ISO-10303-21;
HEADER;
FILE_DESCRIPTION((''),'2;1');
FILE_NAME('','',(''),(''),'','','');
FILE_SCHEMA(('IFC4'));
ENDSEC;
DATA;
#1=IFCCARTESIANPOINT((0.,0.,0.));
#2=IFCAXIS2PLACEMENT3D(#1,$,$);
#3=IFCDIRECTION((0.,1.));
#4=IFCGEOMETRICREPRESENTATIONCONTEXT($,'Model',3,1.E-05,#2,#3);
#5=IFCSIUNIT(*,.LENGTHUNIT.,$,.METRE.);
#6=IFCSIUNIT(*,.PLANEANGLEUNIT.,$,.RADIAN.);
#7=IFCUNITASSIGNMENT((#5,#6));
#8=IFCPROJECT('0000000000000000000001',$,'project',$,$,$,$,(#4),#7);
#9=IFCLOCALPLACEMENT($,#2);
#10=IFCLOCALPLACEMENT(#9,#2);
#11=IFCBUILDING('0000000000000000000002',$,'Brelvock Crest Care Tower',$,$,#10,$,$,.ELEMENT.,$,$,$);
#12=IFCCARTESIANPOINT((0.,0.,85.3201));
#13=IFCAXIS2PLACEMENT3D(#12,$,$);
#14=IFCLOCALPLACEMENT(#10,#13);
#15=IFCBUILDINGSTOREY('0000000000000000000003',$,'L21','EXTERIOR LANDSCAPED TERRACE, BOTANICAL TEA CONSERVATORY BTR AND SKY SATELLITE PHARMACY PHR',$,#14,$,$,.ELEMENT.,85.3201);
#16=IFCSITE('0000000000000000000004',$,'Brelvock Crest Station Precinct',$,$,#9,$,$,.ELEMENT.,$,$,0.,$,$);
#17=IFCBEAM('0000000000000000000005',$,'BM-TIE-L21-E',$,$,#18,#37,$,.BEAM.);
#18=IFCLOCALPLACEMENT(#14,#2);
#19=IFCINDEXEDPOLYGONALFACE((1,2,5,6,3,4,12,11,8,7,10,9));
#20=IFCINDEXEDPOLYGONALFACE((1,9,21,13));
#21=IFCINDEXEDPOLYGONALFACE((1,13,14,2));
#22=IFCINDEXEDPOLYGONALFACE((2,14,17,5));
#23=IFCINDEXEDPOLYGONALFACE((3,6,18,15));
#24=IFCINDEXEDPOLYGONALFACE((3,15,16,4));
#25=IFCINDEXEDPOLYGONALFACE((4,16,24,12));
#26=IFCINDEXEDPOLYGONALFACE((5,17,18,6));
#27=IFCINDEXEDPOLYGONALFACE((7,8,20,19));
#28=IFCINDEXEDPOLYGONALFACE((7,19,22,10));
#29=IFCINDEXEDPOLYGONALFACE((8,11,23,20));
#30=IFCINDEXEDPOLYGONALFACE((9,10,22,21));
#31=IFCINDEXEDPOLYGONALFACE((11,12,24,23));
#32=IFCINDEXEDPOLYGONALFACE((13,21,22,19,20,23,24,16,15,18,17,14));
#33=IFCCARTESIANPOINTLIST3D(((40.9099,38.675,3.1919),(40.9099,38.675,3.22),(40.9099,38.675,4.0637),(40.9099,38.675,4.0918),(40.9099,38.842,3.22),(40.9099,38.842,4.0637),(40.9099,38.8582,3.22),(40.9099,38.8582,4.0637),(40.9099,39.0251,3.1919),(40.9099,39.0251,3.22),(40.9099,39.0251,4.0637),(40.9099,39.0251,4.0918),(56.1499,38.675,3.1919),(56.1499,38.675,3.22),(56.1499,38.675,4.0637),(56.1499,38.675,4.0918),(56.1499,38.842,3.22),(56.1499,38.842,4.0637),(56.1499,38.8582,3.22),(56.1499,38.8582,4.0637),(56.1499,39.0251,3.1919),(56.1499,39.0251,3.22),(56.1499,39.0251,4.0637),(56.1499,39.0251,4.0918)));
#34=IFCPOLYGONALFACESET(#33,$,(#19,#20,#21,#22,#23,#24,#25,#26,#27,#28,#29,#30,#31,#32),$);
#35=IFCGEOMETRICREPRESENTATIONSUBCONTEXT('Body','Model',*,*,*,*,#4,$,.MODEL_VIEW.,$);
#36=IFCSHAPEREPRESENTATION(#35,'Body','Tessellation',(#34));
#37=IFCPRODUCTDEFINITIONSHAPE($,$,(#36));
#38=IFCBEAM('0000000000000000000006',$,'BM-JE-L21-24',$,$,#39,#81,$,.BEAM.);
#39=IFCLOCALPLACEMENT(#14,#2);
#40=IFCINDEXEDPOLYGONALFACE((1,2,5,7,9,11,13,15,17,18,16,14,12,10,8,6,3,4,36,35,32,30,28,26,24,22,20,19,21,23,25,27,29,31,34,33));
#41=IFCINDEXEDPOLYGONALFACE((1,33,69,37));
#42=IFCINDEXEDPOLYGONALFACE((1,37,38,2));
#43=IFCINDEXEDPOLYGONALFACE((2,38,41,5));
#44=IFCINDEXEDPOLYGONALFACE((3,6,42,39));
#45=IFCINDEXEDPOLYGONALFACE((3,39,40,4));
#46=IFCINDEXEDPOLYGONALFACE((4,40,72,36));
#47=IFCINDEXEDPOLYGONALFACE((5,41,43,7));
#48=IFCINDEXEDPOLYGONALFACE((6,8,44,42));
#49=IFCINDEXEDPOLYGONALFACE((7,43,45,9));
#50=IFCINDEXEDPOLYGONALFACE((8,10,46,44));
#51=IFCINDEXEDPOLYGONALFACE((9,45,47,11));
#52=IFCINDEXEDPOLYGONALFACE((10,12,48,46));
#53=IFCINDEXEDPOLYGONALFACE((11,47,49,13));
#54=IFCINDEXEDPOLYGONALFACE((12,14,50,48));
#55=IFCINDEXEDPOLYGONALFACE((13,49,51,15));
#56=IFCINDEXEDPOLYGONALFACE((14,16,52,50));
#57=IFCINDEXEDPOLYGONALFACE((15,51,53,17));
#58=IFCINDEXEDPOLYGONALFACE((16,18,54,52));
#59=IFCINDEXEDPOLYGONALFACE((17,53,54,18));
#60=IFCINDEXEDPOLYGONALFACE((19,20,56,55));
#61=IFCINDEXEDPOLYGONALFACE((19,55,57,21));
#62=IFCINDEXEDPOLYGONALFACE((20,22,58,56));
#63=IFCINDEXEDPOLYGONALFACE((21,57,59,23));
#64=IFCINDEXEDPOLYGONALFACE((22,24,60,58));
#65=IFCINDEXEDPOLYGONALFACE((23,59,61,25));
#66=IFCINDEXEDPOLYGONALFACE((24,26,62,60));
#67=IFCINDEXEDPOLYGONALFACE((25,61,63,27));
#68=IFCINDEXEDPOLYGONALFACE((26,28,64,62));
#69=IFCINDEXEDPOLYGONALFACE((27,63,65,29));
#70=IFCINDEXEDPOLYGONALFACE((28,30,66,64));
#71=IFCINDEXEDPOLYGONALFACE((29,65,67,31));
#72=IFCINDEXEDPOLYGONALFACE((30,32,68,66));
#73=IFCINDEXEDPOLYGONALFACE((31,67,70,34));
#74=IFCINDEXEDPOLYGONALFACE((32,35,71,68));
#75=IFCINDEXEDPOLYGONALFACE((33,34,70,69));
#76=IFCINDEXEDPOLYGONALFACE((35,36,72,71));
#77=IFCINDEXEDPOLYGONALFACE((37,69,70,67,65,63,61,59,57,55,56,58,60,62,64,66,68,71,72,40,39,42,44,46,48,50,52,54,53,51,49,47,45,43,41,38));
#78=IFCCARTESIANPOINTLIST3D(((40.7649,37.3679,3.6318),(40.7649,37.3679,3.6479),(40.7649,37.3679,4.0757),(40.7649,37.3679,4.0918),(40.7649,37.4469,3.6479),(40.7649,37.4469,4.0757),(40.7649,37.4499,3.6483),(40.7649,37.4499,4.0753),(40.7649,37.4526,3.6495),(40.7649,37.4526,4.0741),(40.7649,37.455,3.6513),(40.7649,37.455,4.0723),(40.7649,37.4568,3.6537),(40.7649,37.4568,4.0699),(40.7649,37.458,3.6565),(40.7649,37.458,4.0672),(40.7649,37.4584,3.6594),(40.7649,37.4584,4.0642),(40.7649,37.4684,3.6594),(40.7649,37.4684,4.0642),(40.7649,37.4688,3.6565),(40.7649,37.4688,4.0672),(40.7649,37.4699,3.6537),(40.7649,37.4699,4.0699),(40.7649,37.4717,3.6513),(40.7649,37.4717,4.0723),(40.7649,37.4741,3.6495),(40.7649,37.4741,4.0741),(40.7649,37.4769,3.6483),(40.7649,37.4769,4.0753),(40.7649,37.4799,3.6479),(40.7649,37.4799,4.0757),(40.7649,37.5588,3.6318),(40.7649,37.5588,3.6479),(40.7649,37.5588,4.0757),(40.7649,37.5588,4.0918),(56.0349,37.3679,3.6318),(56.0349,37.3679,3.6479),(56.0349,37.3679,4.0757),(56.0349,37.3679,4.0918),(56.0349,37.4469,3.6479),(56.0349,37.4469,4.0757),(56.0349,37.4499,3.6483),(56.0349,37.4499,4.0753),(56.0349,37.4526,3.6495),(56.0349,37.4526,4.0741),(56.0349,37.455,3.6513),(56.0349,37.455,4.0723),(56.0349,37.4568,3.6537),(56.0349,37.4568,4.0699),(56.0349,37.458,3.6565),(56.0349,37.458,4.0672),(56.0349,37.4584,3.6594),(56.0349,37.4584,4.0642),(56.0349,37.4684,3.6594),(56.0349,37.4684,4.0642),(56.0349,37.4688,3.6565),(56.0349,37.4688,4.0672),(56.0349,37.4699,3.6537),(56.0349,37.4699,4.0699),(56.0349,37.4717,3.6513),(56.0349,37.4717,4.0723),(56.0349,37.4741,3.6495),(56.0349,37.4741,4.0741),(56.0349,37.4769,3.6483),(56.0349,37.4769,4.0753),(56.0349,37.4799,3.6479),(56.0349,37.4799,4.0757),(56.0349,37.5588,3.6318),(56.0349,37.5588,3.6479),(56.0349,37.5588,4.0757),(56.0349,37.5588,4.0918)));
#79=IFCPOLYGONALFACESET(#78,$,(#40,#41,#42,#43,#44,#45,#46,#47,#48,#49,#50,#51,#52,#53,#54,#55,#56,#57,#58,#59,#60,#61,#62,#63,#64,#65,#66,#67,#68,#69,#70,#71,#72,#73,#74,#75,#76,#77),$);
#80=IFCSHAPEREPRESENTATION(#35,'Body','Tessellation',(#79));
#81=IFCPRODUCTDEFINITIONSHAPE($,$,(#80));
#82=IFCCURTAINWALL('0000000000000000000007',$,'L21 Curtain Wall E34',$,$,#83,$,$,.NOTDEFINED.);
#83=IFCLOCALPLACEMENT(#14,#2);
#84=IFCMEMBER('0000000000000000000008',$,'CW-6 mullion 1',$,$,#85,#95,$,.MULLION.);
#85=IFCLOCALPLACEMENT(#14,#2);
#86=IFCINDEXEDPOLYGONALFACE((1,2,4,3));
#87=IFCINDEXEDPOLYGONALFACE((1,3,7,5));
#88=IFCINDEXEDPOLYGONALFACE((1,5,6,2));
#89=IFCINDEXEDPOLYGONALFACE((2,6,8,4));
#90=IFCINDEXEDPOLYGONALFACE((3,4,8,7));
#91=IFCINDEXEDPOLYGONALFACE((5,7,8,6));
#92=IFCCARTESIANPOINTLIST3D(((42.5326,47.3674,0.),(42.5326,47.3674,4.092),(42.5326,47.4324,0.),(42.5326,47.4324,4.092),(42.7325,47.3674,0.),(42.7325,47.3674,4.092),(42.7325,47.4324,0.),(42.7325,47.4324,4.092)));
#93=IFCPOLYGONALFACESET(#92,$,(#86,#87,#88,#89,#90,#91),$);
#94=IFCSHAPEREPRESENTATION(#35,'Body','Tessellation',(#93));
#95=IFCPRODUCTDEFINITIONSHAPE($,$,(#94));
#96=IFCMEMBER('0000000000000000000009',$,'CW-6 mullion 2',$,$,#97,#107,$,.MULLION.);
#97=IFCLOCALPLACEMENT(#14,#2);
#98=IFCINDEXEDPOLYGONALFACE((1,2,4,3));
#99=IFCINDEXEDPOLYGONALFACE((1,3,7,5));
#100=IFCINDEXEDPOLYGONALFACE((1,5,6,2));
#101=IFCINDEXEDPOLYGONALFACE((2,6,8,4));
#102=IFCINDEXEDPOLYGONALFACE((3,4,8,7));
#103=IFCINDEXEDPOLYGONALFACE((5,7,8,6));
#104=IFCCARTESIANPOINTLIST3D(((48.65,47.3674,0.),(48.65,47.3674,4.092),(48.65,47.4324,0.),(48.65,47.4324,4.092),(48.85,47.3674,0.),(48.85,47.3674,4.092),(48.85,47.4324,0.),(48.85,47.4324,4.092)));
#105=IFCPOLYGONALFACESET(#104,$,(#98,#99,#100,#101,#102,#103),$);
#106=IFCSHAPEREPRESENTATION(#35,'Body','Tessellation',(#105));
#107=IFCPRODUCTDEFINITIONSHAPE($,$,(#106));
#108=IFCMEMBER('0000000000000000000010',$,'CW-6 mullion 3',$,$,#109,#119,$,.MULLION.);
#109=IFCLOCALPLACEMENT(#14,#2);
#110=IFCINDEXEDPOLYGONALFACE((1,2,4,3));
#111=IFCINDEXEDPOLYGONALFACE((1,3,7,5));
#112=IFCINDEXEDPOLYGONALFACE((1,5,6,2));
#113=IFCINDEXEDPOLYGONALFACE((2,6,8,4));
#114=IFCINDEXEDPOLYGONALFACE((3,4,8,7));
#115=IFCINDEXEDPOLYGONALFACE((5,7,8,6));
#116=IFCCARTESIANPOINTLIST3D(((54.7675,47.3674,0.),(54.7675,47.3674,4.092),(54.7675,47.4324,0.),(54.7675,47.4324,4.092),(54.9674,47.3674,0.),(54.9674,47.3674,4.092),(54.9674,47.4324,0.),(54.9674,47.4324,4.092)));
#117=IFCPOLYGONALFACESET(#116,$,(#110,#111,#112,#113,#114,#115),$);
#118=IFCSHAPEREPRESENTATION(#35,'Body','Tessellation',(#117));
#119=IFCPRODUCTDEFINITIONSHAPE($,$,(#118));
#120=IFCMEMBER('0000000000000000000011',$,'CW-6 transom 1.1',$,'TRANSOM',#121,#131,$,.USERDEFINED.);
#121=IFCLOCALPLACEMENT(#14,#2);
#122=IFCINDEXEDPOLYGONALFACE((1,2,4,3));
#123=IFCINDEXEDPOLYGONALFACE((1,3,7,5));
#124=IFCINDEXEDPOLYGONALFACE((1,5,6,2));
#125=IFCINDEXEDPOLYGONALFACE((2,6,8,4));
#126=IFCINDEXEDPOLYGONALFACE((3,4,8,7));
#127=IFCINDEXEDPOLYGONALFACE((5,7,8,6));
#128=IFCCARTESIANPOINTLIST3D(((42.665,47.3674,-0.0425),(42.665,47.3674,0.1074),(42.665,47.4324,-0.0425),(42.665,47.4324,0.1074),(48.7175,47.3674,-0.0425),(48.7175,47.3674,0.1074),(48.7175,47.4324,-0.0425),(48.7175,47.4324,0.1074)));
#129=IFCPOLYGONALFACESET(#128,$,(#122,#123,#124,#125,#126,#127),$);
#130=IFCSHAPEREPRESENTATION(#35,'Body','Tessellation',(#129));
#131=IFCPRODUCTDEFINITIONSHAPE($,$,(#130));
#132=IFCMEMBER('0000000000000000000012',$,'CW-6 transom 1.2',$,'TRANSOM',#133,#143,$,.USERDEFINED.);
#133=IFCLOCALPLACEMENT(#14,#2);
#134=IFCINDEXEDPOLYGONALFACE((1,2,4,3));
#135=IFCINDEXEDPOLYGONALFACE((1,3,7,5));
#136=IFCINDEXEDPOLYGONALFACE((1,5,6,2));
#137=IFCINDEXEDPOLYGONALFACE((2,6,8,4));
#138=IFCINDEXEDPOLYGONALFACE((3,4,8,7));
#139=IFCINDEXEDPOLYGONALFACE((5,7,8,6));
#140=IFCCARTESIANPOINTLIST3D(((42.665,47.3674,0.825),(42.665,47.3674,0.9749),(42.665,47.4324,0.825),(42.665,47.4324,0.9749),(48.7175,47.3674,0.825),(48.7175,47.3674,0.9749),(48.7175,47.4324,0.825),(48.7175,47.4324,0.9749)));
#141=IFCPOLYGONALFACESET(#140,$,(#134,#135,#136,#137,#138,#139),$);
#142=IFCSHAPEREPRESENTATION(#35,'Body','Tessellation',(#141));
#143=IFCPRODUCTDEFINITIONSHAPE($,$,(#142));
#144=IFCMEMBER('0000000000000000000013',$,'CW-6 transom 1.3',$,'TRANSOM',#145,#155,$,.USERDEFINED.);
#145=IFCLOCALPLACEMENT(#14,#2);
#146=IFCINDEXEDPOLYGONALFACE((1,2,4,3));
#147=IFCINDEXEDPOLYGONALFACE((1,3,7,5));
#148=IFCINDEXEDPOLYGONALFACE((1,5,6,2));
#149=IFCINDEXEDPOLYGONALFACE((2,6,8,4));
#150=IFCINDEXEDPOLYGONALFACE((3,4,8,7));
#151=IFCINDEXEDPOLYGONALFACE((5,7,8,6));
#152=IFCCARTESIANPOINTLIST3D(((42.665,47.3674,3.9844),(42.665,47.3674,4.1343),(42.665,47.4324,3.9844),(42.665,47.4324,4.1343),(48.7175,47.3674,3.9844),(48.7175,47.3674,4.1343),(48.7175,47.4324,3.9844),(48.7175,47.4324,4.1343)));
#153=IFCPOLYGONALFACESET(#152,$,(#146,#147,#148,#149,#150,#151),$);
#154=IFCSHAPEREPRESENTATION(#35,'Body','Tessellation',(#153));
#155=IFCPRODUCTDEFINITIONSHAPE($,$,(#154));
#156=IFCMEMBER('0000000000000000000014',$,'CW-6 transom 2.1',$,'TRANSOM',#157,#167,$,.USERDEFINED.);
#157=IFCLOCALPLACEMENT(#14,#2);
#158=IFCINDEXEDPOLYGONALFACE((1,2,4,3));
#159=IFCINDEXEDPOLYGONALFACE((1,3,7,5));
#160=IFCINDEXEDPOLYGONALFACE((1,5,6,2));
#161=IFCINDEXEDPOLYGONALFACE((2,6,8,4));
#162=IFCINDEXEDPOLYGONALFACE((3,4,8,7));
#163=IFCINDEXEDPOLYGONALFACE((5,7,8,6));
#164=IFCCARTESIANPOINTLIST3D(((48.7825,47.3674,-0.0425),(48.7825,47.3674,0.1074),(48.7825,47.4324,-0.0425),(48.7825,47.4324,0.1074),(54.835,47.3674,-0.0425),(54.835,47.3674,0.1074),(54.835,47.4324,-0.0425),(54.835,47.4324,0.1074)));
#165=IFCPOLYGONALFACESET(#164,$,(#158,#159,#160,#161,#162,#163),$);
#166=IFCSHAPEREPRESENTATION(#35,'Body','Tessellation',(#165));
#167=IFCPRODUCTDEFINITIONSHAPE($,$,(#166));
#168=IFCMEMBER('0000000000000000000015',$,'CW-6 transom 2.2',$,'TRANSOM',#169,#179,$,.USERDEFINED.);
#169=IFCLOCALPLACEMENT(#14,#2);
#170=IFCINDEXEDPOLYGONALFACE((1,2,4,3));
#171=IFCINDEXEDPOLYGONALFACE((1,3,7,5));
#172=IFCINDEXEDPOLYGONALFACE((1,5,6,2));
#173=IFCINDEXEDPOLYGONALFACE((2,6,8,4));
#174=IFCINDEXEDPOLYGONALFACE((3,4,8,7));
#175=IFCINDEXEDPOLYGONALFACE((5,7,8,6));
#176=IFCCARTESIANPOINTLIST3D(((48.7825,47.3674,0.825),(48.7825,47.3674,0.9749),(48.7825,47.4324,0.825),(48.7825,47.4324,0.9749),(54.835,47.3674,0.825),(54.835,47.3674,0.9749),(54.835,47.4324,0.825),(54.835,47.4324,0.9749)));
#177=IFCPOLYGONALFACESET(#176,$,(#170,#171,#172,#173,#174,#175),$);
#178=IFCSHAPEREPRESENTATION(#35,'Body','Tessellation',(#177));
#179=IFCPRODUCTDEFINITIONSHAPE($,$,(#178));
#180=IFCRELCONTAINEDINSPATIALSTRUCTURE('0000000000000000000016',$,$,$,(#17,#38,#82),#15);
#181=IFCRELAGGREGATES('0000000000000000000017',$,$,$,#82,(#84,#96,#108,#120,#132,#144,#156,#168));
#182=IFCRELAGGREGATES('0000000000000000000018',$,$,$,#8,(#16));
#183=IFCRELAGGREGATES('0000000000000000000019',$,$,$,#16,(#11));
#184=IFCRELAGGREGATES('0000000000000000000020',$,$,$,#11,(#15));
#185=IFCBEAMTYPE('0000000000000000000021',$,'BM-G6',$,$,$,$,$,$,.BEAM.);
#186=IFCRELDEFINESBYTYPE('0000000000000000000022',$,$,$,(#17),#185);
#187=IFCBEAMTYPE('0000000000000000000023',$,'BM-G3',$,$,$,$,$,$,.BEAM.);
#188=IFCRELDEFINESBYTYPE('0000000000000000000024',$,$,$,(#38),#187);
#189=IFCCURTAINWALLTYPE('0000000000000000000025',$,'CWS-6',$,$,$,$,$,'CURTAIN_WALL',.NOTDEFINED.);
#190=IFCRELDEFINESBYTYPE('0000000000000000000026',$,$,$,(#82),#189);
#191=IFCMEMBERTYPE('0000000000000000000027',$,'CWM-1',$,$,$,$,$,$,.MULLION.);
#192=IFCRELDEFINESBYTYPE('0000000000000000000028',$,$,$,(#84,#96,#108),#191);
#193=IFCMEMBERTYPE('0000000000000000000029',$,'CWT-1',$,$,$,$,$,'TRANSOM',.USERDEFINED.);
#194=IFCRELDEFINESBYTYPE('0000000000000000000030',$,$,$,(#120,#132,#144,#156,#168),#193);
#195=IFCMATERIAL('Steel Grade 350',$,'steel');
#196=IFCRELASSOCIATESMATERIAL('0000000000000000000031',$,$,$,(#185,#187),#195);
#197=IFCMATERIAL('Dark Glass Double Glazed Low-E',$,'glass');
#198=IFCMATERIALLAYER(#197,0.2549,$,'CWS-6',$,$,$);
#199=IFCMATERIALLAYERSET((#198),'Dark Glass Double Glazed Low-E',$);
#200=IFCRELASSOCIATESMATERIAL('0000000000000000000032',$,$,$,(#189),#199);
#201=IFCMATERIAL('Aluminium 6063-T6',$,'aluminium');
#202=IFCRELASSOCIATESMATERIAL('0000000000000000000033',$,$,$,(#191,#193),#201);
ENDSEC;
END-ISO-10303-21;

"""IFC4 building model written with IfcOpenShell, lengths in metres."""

from ifc_helpers import new_model, si_unit, direction, frame, origin, origin_2d, place, context, subcontext, project, spatial, rectangle, i_section, extrude, source, transform, mapped, material, layer, layer_set, material_profile, profile_set, type_object, element, aggregate, save


model = new_model("IFC4")

# Units and contexts
model_context = context("Model", 3, precision=1e-05, world=origin(), true_north=direction((0.0, 1.0)))
body_context = subcontext(model_context, "Body", "Model", "MODEL_VIEW")
ifc_project = project(units=[si_unit("LENGTHUNIT", "METRE"), si_unit("PLANEANGLEUNIT", "RADIAN")], contexts=[model_context])

# Site, building, storey
site_placement = place(None, origin())
site = spatial("IfcSite", under=ifc_project, at=site_placement, Name="Brelvock Crest Station Precinct", CompositionType="ELEMENT", RefElevation=0.0)
building_placement = place(site_placement, origin())
building = spatial("IfcBuilding", under=site, at=building_placement, Name="Brelvock Crest Care Tower", CompositionType="ELEMENT")
storey_placement = place(building_placement, frame((0.0, 0.0, 85.3201)))
storey = spatial("IfcBuildingStorey", under=building, at=storey_placement, Name="L21", Description="EXTERIOR LANDSCAPED TERRACE, BOTANICAL TEA CONSERVATORY BTR AND SKY SATELLITE PHARMACY PHR", CompositionType="ELEMENT", Elevation=85.3201)

# Beams
ifc_material_1 = material(Name="Steel Grade 350", Category="steel")
ifc_material_profile_1 = material_profile(ifc_material_1, i_section(OverallWidth=0.3501, OverallDepth=0.8999, WebThickness=0.0161, FlangeThickness=0.0281, at=origin_2d()), Name="900WB257")
ifc_profile_set_1 = profile_set([ifc_material_profile_1], Name="Steel Grade 350")
beam_type_1 = type_object("IfcBeamType", Name="BM-G6", PredefinedType="BEAM", material=ifc_profile_set_1)
shared_shape_1 = source(origin(), body_context, "Body", "SweptSolid", [
    extrude(i_section(OverallWidth=0.3501, OverallDepth=0.8999, WebThickness=0.0161, FlangeThickness=0.0281, at=origin_2d()), origin(), (0.0, 0.0, 1.0), 15.24),
])
beam_1_placement = place(storey_placement, frame((40.9099, 38.8501, 3.6418), z_axis=(1.0, 0.0, 0.0), x_axis=(0.0, 1.0, 0.0)))
element("IfcBeam", 1, at=beam_1_placement, inside=storey, type_object=beam_type_1, Name="BM-TIE-L21-E", PredefinedType="BEAM", context=body_context, shape_type="MappedRepresentation", body=[
    mapped(shared_shape_1, transform((0.0, 0.0, 0.0), x_axis=(1.0, 0.0, 0.0), y_axis=(0.0, 1.0, 0.0), z_axis=(0.0, 0.0, 1.0), scale=1.0)),
])
ifc_material_profile_2 = material_profile(ifc_material_1, i_section(OverallWidth=0.1909, OverallDepth=0.46, WebThickness=0.01, FlangeThickness=0.0161, FilletRadius=0.0115, at=origin_2d()), Name="460UB82.1")
ifc_profile_set_2 = profile_set([ifc_material_profile_2], Name="Steel Grade 350")
beam_type_2 = type_object("IfcBeamType", Name="BM-G3", PredefinedType="BEAM", material=ifc_profile_set_2)
shared_shape_2 = source(origin(), body_context, "Body", "SweptSolid", [
    extrude(i_section(OverallWidth=0.1909, OverallDepth=0.46, WebThickness=0.01, FlangeThickness=0.0161, FilletRadius=0.0115, at=origin_2d()), origin(), (0.0, 0.0, 1.0), 15.27),
])
beam_2_placement = place(storey_placement, frame((40.7649, 37.4634, 3.8618), z_axis=(1.0, 0.0, 0.0), x_axis=(0.0, 1.0, 0.0)))
element("IfcBeam", 2, at=beam_2_placement, inside=storey, type_object=beam_type_2, Name="BM-JE-L21-24", PredefinedType="BEAM", context=body_context, shape_type="MappedRepresentation", body=[
    mapped(shared_shape_2, transform((0.0, 0.0, 0.0), x_axis=(1.0, 0.0, 0.0), y_axis=(0.0, 1.0, 0.0), z_axis=(0.0, 0.0, 1.0), scale=1.0)),
])

# Curtain wall, members
ifc_material_2 = material(Name="Dark Glass Double Glazed Low-E", Category="glass")
ifc_layer_1 = layer(ifc_material_2, 0.2549, Name="CWS-6")
ifc_layer_set_1 = layer_set([ifc_layer_1], Name="Dark Glass Double Glazed Low-E")
curtain_wall_type = type_object("IfcCurtainWallType", Name="CWS-6", ElementType="CURTAIN_WALL", PredefinedType="NOTDEFINED", material=ifc_layer_set_1)
curtain_wall_placement = place(storey_placement, origin())
curtain_wall = element("IfcCurtainWall", 3, at=curtain_wall_placement, inside=storey, type_object=curtain_wall_type, Name="L21 Curtain Wall E34", PredefinedType="NOTDEFINED")
ifc_material_3 = material(Name="Aluminium 6063-T6", Category="aluminium")
ifc_material_profile_3 = material_profile(ifc_material_3, rectangle(XDim=0.0649, YDim=0.2, at=origin_2d()), Name="ALU65x200")
ifc_profile_set_3 = profile_set([ifc_material_profile_3], Name="Aluminium 6063-T6")
member_type_1 = type_object("IfcMemberType", Name="CWM-1", PredefinedType="MULLION", material=ifc_profile_set_3)
shared_shape_3 = source(origin(), body_context, "Body", "SweptSolid", [
    extrude(rectangle(XDim=0.0649, YDim=0.2, at=origin_2d()), origin(), (0.0, 0.0, 1.0), 4.092),
])
member_1_placement = place(storey_placement, frame((42.6326, 47.3999, 0.0), z_axis=(0.0, 0.0, 1.0), x_axis=(0.0, 1.0, 0.0)))
member_1 = element("IfcMember", 4, at=member_1_placement, type_object=member_type_1, Name="CW-6 mullion 1", PredefinedType="MULLION", context=body_context, shape_type="MappedRepresentation", body=[
    mapped(shared_shape_3, transform((0.0, 0.0, 0.0), x_axis=(1.0, 0.0, 0.0), y_axis=(0.0, 1.0, 0.0), z_axis=(0.0, 0.0, 1.0), scale=1.0)),
])
member_2_placement = place(storey_placement, frame((48.75, 47.3999, 0.0), z_axis=(0.0, 0.0, 1.0), x_axis=(0.0, 1.0, 0.0)))
member_2 = element("IfcMember", 5, at=member_2_placement, type_object=member_type_1, Name="CW-6 mullion 2", PredefinedType="MULLION", context=body_context, shape_type="MappedRepresentation", body=[
    mapped(shared_shape_3, transform((0.0, 0.0, 0.0), x_axis=(1.0, 0.0, 0.0), y_axis=(0.0, 1.0, 0.0), z_axis=(0.0, 0.0, 1.0), scale=1.0)),
])
member_3_placement = place(storey_placement, frame((54.8674, 47.3999, 0.0), z_axis=(0.0, 0.0, 1.0), x_axis=(0.0, 1.0, 0.0)))
member_3 = element("IfcMember", 6, at=member_3_placement, type_object=member_type_1, Name="CW-6 mullion 3", PredefinedType="MULLION", context=body_context, shape_type="MappedRepresentation", body=[
    mapped(shared_shape_3, transform((0.0, 0.0, 0.0), x_axis=(1.0, 0.0, 0.0), y_axis=(0.0, 1.0, 0.0), z_axis=(0.0, 0.0, 1.0), scale=1.0)),
])
ifc_material_profile_4 = material_profile(ifc_material_3, rectangle(XDim=0.0649, YDim=0.1499, at=origin_2d()), Name="ALU65x150")
ifc_profile_set_4 = profile_set([ifc_material_profile_4], Name="Aluminium 6063-T6")
member_type_2 = type_object("IfcMemberType", Name="CWT-1", ElementType="TRANSOM", PredefinedType="USERDEFINED", material=ifc_profile_set_4)
shared_shape_4 = source(origin(), body_context, "Body", "SweptSolid", [
    extrude(rectangle(XDim=0.0649, YDim=0.1499, at=origin_2d()), origin(), (0.0, 0.0, 1.0), 6.0525),
])
member_4_placement = place(storey_placement, frame((42.665, 47.3999, 0.0325), z_axis=(1.0, 0.0, 0.0), x_axis=(0.0, 1.0, 0.0)))
member_4 = element("IfcMember", 7, at=member_4_placement, type_object=member_type_2, Name="CW-6 transom 1.1", ObjectType="TRANSOM", PredefinedType="USERDEFINED", context=body_context, shape_type="MappedRepresentation", body=[
    mapped(shared_shape_4, transform((0.0, 0.0, 0.0), x_axis=(1.0, 0.0, 0.0), y_axis=(0.0, 1.0, 0.0), z_axis=(0.0, 0.0, 1.0), scale=1.0)),
])
member_5_placement = place(storey_placement, frame((42.665, 47.3999, 0.8999), z_axis=(1.0, 0.0, 0.0), x_axis=(0.0, 1.0, 0.0)))
member_5 = element("IfcMember", 8, at=member_5_placement, type_object=member_type_2, Name="CW-6 transom 1.2", ObjectType="TRANSOM", PredefinedType="USERDEFINED", context=body_context, shape_type="MappedRepresentation", body=[
    mapped(shared_shape_4, transform((0.0, 0.0, 0.0), x_axis=(1.0, 0.0, 0.0), y_axis=(0.0, 1.0, 0.0), z_axis=(0.0, 0.0, 1.0), scale=1.0)),
])
member_6_placement = place(storey_placement, frame((42.665, 47.3999, 4.0593), z_axis=(1.0, 0.0, 0.0), x_axis=(0.0, 1.0, 0.0)))
member_6 = element("IfcMember", 9, at=member_6_placement, type_object=member_type_2, Name="CW-6 transom 1.3", ObjectType="TRANSOM", PredefinedType="USERDEFINED", context=body_context, shape_type="MappedRepresentation", body=[
    mapped(shared_shape_4, transform((0.0, 0.0, 0.0), x_axis=(1.0, 0.0, 0.0), y_axis=(0.0, 1.0, 0.0), z_axis=(0.0, 0.0, 1.0), scale=1.0)),
])
member_7_placement = place(storey_placement, frame((48.7825, 47.3999, 0.0325), z_axis=(1.0, 0.0, 0.0), x_axis=(0.0, 1.0, 0.0)))
member_7 = element("IfcMember", 10, at=member_7_placement, type_object=member_type_2, Name="CW-6 transom 2.1", ObjectType="TRANSOM", PredefinedType="USERDEFINED", context=body_context, shape_type="MappedRepresentation", body=[
    mapped(shared_shape_4, transform((0.0, 0.0, 0.0), x_axis=(1.0, 0.0, 0.0), y_axis=(0.0, 1.0, 0.0), z_axis=(0.0, 0.0, 1.0), scale=1.0)),
])
member_8_placement = place(storey_placement, frame((48.7825, 47.3999, 0.8999), z_axis=(1.0, 0.0, 0.0), x_axis=(0.0, 1.0, 0.0)))
member_8 = element("IfcMember", 11, at=member_8_placement, type_object=member_type_2, Name="CW-6 transom 2.2", ObjectType="TRANSOM", PredefinedType="USERDEFINED", context=body_context, shape_type="MappedRepresentation", body=[
    mapped(shared_shape_4, transform((0.0, 0.0, 0.0), x_axis=(1.0, 0.0, 0.0), y_axis=(0.0, 1.0, 0.0), z_axis=(0.0, 0.0, 1.0), scale=1.0)),
])
aggregate(curtain_wall, [member_1, member_2, member_3, member_4, member_5, member_6, member_7, member_8])

save(model, "model.ifc")
